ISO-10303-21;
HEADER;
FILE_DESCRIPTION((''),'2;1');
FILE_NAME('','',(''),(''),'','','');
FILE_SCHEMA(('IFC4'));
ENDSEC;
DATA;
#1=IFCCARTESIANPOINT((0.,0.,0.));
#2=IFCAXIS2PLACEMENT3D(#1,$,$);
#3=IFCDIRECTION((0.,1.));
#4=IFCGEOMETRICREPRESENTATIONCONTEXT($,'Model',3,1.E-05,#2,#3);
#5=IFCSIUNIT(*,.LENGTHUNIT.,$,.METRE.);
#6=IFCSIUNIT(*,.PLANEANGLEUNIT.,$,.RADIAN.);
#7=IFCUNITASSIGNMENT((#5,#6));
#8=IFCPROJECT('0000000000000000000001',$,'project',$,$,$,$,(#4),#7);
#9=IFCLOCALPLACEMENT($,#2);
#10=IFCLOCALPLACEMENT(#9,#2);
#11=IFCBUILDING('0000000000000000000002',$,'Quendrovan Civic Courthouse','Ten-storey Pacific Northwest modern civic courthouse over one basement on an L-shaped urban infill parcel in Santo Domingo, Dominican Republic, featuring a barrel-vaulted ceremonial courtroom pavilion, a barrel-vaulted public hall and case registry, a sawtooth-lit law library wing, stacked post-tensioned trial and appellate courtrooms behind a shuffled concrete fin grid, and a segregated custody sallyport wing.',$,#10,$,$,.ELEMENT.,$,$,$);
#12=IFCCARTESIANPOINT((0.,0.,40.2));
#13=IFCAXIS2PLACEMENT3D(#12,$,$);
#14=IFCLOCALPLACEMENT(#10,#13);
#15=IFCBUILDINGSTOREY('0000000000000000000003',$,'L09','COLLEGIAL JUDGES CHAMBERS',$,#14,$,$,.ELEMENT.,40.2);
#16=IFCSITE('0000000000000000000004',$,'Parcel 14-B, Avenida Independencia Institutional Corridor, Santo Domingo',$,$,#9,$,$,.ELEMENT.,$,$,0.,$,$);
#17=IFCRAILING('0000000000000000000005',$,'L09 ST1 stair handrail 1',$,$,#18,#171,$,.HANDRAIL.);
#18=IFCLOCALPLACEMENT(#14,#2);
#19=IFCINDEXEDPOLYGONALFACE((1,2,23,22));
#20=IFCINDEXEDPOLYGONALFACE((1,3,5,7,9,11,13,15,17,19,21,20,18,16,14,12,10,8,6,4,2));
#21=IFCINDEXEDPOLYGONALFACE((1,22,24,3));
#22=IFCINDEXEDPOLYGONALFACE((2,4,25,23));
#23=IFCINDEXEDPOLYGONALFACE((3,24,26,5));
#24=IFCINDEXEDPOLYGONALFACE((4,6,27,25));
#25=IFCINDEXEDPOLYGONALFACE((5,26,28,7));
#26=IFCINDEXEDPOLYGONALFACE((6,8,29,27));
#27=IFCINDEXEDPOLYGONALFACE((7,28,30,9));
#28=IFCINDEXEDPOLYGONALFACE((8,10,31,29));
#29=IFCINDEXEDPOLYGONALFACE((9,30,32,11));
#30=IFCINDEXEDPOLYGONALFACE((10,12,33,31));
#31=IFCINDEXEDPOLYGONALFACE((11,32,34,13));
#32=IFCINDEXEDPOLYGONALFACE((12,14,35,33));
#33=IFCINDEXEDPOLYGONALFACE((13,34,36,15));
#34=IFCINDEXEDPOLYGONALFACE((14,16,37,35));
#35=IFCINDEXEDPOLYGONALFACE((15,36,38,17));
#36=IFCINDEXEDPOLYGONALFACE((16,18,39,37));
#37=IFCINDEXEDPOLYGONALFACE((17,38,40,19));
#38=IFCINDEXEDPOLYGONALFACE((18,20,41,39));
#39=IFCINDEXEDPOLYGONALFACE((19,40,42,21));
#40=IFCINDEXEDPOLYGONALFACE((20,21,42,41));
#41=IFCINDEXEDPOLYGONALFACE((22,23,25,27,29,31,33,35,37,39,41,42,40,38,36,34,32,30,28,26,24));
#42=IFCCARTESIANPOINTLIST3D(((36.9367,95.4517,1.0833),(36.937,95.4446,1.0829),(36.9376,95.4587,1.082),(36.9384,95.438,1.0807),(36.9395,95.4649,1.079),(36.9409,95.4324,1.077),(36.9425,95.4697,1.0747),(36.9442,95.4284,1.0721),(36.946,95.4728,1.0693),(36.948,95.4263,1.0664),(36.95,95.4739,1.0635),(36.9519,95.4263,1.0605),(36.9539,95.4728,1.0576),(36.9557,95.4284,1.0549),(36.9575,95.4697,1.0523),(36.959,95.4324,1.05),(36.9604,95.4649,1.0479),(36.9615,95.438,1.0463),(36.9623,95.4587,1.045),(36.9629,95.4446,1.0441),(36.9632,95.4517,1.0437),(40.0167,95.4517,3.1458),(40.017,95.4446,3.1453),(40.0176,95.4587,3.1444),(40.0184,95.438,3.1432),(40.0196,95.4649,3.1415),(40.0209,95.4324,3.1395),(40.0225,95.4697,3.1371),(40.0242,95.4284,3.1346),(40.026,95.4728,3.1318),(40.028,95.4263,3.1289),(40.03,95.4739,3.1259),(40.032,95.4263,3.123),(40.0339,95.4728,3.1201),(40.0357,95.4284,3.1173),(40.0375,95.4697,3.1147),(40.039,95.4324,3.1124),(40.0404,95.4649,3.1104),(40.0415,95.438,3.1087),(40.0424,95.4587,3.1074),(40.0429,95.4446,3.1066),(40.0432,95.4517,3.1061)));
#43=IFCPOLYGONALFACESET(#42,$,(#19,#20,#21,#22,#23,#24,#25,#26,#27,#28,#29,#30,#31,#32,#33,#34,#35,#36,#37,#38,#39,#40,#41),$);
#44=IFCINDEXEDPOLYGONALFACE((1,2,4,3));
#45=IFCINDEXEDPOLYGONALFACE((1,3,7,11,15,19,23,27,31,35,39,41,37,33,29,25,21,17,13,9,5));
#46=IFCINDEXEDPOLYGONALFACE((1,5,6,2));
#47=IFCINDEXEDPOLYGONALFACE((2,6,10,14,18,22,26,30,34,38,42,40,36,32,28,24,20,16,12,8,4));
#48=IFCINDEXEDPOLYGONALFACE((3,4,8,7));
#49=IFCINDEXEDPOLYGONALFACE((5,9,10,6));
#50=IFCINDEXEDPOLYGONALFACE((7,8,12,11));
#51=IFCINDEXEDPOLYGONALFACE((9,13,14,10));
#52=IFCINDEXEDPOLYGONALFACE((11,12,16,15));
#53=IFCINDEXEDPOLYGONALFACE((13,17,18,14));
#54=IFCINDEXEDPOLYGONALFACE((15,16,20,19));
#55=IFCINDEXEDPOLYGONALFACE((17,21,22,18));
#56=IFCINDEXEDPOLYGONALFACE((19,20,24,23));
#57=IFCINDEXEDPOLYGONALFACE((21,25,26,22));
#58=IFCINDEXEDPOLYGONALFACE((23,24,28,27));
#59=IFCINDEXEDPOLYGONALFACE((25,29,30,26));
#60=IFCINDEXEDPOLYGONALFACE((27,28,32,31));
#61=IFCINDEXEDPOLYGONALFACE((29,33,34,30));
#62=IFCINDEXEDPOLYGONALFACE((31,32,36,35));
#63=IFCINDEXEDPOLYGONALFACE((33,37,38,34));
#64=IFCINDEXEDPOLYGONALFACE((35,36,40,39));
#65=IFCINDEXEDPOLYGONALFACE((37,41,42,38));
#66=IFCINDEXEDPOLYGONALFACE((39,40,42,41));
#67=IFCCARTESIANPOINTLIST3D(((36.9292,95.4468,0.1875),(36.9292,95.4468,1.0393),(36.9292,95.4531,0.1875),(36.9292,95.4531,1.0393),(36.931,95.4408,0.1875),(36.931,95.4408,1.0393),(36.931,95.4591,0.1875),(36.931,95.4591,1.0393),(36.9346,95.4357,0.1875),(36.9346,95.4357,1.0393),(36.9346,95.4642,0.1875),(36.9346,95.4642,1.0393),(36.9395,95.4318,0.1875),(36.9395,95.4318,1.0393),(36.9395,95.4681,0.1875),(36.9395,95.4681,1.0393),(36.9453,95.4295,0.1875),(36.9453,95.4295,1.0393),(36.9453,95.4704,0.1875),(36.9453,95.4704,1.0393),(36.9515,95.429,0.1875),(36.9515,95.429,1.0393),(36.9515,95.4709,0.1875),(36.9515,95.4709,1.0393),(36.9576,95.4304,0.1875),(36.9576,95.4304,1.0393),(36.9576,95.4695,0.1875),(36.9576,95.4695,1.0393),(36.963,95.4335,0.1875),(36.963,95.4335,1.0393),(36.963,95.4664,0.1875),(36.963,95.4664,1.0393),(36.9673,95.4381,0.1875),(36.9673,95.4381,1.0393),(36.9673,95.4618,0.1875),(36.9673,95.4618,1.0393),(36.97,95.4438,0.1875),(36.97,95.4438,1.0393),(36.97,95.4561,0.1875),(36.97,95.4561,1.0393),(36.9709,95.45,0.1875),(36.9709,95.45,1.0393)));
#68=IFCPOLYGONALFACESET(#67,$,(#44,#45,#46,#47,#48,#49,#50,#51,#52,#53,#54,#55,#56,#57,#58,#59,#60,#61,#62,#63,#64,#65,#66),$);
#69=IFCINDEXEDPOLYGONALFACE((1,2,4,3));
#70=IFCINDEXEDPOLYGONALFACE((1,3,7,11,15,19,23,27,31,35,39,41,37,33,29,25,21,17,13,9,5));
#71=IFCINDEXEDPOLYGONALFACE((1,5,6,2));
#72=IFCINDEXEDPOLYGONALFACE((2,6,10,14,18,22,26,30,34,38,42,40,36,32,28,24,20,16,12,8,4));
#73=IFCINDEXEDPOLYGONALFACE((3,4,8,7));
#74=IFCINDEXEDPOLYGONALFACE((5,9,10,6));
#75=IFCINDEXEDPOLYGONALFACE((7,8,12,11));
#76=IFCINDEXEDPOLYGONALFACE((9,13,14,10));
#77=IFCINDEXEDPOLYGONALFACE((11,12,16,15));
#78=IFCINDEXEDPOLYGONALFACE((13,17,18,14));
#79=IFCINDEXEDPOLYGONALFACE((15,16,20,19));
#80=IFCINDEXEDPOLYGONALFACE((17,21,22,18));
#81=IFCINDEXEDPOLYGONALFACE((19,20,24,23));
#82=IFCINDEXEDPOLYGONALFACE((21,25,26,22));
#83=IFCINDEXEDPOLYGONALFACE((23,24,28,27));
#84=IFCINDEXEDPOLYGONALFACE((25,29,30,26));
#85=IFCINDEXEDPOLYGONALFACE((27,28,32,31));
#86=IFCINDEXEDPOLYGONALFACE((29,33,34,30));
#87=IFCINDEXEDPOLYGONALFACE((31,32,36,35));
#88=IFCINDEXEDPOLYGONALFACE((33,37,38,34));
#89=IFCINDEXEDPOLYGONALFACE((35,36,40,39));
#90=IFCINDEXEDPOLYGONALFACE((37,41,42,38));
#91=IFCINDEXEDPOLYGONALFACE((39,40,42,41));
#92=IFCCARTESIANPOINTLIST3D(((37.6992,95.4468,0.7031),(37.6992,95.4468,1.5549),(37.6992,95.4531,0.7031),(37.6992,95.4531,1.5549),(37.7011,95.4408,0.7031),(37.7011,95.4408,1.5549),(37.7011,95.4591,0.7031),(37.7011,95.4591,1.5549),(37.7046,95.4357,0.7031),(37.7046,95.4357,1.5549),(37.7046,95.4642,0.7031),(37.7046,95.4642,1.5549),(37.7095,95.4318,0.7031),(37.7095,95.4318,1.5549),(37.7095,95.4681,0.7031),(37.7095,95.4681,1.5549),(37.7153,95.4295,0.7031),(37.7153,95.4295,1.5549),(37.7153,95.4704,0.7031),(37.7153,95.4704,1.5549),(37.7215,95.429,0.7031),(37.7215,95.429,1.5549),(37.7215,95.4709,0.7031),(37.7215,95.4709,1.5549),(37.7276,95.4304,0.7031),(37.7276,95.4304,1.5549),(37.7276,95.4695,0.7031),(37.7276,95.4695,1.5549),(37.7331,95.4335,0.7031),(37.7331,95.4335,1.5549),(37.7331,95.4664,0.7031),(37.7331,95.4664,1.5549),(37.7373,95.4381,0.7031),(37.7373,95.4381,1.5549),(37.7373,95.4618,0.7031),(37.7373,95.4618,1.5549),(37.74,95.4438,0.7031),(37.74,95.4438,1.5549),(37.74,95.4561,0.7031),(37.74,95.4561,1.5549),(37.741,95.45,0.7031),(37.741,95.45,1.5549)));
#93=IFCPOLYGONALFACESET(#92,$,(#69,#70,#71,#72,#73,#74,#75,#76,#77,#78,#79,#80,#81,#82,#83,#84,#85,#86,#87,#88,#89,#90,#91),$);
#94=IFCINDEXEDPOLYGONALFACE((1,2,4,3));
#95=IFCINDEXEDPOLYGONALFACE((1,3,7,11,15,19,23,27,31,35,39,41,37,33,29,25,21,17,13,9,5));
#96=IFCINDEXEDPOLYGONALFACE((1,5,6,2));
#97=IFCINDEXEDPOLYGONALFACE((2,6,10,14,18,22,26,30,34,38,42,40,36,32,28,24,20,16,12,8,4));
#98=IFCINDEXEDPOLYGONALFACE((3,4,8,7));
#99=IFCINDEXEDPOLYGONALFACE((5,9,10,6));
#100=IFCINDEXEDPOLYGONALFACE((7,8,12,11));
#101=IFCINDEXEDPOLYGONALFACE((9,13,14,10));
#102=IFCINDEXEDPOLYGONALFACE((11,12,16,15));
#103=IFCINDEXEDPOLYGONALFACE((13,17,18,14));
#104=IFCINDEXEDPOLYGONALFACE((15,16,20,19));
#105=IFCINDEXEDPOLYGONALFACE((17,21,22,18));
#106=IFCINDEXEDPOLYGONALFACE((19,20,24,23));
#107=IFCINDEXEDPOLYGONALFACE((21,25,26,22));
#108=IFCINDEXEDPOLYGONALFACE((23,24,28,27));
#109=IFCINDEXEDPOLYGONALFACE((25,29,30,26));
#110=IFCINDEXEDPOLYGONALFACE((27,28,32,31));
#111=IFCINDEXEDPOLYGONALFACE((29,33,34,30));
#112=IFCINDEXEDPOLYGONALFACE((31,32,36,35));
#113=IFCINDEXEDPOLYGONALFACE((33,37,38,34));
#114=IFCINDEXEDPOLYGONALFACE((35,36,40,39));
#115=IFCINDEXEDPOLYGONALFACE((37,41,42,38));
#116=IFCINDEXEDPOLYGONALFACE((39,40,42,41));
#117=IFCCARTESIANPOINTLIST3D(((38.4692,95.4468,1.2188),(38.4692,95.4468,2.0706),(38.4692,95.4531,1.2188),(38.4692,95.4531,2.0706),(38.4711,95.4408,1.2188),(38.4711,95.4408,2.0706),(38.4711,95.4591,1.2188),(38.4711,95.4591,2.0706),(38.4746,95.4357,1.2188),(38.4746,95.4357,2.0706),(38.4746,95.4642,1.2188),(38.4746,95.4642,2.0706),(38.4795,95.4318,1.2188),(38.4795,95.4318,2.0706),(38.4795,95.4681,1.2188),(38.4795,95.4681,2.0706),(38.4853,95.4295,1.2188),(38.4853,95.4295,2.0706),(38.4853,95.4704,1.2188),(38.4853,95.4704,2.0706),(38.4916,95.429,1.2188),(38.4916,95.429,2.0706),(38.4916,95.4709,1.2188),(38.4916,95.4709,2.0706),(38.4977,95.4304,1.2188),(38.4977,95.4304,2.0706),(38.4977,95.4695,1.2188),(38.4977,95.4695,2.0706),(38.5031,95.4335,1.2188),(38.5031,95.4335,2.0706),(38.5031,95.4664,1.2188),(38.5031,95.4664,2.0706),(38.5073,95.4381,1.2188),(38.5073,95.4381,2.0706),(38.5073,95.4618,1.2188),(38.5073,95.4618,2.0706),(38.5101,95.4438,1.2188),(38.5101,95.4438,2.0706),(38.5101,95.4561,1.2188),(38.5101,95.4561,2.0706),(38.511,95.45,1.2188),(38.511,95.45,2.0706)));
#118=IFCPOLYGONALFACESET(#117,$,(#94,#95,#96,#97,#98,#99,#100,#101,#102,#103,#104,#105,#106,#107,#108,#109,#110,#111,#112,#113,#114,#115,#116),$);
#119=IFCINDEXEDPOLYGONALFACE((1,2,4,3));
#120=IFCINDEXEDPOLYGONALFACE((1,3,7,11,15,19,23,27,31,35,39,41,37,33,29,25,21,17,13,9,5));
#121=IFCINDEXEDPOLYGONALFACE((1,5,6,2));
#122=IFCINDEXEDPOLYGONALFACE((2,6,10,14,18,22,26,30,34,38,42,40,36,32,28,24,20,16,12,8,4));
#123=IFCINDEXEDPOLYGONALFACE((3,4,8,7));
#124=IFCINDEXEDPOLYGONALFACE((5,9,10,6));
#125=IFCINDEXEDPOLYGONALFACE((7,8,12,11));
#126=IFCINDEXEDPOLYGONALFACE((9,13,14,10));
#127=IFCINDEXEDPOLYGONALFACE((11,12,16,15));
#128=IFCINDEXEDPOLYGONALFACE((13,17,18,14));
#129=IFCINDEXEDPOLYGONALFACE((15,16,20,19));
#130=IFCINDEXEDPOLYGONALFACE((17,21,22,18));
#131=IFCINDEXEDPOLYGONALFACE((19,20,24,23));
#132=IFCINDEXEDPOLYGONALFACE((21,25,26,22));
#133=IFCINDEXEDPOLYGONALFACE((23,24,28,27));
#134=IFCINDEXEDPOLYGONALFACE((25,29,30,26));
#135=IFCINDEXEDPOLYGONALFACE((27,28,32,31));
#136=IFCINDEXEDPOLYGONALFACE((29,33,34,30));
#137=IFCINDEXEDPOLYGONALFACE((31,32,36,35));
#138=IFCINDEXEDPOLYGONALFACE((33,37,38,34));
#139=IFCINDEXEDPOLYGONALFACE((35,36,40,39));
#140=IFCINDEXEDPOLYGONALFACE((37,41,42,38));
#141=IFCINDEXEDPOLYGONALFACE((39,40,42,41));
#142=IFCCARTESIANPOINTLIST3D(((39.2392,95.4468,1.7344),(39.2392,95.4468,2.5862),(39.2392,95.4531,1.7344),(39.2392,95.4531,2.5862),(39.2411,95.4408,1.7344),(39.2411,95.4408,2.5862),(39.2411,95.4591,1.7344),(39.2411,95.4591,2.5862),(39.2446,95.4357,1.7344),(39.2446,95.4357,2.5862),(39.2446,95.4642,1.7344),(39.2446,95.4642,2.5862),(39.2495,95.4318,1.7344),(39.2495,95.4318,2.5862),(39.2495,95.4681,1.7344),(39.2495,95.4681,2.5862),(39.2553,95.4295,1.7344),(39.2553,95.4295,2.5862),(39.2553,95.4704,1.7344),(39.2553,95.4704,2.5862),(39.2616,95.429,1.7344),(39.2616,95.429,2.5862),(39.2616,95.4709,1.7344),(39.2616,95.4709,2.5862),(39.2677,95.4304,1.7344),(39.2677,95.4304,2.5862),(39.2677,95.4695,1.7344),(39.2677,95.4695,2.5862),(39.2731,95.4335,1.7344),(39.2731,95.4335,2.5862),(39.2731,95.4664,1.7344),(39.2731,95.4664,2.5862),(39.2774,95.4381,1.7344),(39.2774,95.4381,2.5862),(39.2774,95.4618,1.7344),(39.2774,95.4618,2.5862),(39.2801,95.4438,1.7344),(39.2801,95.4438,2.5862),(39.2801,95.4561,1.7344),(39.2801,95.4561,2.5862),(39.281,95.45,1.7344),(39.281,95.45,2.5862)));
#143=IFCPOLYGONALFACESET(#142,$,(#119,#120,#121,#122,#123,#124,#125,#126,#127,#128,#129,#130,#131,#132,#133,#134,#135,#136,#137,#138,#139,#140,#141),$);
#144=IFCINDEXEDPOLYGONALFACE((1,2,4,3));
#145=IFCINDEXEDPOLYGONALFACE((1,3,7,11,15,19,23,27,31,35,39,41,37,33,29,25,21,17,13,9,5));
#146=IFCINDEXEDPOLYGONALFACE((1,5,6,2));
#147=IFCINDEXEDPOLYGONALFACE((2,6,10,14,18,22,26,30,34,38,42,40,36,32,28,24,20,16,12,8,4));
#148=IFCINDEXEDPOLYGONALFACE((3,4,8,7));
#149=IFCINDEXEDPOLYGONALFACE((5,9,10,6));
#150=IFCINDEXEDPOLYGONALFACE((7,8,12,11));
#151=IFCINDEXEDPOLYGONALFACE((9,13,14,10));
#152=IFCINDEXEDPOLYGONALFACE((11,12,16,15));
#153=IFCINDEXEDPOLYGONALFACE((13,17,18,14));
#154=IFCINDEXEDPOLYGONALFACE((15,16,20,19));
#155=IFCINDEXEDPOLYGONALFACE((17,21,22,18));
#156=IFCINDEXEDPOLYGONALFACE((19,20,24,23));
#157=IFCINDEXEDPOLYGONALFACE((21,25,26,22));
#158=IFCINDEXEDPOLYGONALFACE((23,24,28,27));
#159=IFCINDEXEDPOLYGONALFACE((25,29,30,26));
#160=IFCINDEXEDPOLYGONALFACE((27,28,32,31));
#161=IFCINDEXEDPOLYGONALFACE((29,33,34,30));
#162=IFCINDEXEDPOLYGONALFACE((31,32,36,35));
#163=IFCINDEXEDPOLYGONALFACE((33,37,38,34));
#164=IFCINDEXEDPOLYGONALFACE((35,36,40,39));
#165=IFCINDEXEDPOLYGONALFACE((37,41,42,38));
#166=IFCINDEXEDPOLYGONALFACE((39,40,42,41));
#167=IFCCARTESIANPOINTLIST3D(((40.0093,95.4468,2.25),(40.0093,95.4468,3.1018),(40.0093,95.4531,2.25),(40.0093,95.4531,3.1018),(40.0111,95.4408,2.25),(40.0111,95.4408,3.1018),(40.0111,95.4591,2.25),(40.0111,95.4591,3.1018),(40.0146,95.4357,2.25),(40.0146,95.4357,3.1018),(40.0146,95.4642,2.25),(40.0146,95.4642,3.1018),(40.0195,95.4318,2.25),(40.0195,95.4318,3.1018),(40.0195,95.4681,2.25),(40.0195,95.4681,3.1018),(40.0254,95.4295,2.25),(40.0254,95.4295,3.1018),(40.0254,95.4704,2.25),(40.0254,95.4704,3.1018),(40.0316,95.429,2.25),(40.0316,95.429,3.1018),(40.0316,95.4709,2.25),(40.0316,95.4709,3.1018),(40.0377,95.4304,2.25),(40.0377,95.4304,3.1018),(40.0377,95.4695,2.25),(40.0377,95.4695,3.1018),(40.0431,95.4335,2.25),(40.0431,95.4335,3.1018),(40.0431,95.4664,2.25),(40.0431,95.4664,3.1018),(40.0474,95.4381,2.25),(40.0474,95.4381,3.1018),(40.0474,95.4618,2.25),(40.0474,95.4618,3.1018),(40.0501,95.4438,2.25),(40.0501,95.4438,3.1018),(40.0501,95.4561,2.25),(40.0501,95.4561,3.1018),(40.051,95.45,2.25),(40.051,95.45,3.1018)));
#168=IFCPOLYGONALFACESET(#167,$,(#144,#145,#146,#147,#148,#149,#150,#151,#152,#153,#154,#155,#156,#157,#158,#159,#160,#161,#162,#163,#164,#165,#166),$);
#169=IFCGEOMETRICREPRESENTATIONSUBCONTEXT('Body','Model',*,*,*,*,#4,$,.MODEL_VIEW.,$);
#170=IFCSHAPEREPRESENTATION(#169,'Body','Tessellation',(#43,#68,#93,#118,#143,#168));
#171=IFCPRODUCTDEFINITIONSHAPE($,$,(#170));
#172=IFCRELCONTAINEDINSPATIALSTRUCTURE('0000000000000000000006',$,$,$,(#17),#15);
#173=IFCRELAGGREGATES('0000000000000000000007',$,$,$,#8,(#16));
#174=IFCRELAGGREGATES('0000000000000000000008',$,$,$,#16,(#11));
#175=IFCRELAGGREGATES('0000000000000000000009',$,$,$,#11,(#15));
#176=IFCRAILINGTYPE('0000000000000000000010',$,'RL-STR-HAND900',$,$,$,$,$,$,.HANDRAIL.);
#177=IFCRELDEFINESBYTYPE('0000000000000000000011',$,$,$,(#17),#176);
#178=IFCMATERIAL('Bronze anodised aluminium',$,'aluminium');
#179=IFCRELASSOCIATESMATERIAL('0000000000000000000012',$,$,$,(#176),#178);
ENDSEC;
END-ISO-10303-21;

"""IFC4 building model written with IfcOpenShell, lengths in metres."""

from ifc_helpers import new_model, si_unit, direction, frame, origin, origin_2d, place, context, subcontext, project, spatial, circle, extrude, material, type_object, element, save


model = new_model("IFC4")

# Units and contexts
model_context = context("Model", 3, precision=1e-05, world=origin(), true_north=direction((0.0, 1.0)))
body_context = subcontext(model_context, "Body", "Model", "MODEL_VIEW")
ifc_project = project(units=[si_unit("LENGTHUNIT", "METRE"), si_unit("PLANEANGLEUNIT", "RADIAN")], contexts=[model_context])

# Site, building, storey
site_placement = place(None, origin())
site = spatial("IfcSite", under=ifc_project, at=site_placement, Name="Parcel 14-B, Avenida Independencia Institutional Corridor, Santo Domingo", CompositionType="ELEMENT", RefElevation=0.0)
building_placement = place(site_placement, origin())
building = spatial("IfcBuilding", under=site, at=building_placement, Name="Quendrovan Civic Courthouse", Description="Ten-storey Pacific Northwest modern civic courthouse over one basement on an L-shaped urban infill parcel in Santo Domingo, Dominican Republic, featuring a barrel-vaulted ceremonial courtroom pavilion, a barrel-vaulted public hall and case registry, a sawtooth-lit law library wing, stacked post-tensioned trial and appellate courtrooms behind a shuffled concrete fin grid, and a segregated custody sallyport wing.", CompositionType="ELEMENT")
storey_placement = place(building_placement, frame((0.0, 0.0, 40.2)))
storey = spatial("IfcBuildingStorey", under=building, at=storey_placement, Name="L09", Description="COLLEGIAL JUDGES CHAMBERS", CompositionType="ELEMENT", Elevation=40.2)

# Railing
ifc_material_1 = material(Name="Bronze anodised aluminium", Category="aluminium")
railing_type_1 = type_object("IfcRailingType", Name="RL-STR-HAND900", PredefinedType="HANDRAIL", material=ifc_material_1)
railing_1_placement = place(storey_placement, frame((36.95, 95.45, 0.1875)))
element("IfcRailing", 1, at=railing_1_placement, inside=storey, type_object=railing_type_1, Name="L09 ST1 stair handrail 1", PredefinedType="HANDRAIL", context=body_context, shape_type="SweptSolid", body=[
    extrude(circle(Radius=0.0239, at=origin_2d()), frame((0.0, 0.0, 0.876), z_axis=(0.830914, 0.0, 0.556401), x_axis=(0.0, 1.0, 0.0)), (0.0, 0.0, 1.0), 3.7068),
    extrude(circle(Radius=0.021, at=origin_2d()), origin(), (0.0, 0.0, 1.0), 0.8518),
    extrude(circle(Radius=0.021, at=origin_2d()), frame((0.77, 0.0, 0.5156)), (0.0, 0.0, 1.0), 0.8518),
    extrude(circle(Radius=0.021, at=origin_2d()), frame((1.54, 0.0, 1.0312)), (0.0, 0.0, 1.0), 0.8518),
    extrude(circle(Radius=0.021, at=origin_2d()), frame((2.3101, 0.0, 1.5469)), (0.0, 0.0, 1.0), 0.8518),
    extrude(circle(Radius=0.021, at=origin_2d()), frame((3.0801, 0.0, 2.0625)), (0.0, 0.0, 1.0), 0.8518),
])

save(model, "model.ifc")
